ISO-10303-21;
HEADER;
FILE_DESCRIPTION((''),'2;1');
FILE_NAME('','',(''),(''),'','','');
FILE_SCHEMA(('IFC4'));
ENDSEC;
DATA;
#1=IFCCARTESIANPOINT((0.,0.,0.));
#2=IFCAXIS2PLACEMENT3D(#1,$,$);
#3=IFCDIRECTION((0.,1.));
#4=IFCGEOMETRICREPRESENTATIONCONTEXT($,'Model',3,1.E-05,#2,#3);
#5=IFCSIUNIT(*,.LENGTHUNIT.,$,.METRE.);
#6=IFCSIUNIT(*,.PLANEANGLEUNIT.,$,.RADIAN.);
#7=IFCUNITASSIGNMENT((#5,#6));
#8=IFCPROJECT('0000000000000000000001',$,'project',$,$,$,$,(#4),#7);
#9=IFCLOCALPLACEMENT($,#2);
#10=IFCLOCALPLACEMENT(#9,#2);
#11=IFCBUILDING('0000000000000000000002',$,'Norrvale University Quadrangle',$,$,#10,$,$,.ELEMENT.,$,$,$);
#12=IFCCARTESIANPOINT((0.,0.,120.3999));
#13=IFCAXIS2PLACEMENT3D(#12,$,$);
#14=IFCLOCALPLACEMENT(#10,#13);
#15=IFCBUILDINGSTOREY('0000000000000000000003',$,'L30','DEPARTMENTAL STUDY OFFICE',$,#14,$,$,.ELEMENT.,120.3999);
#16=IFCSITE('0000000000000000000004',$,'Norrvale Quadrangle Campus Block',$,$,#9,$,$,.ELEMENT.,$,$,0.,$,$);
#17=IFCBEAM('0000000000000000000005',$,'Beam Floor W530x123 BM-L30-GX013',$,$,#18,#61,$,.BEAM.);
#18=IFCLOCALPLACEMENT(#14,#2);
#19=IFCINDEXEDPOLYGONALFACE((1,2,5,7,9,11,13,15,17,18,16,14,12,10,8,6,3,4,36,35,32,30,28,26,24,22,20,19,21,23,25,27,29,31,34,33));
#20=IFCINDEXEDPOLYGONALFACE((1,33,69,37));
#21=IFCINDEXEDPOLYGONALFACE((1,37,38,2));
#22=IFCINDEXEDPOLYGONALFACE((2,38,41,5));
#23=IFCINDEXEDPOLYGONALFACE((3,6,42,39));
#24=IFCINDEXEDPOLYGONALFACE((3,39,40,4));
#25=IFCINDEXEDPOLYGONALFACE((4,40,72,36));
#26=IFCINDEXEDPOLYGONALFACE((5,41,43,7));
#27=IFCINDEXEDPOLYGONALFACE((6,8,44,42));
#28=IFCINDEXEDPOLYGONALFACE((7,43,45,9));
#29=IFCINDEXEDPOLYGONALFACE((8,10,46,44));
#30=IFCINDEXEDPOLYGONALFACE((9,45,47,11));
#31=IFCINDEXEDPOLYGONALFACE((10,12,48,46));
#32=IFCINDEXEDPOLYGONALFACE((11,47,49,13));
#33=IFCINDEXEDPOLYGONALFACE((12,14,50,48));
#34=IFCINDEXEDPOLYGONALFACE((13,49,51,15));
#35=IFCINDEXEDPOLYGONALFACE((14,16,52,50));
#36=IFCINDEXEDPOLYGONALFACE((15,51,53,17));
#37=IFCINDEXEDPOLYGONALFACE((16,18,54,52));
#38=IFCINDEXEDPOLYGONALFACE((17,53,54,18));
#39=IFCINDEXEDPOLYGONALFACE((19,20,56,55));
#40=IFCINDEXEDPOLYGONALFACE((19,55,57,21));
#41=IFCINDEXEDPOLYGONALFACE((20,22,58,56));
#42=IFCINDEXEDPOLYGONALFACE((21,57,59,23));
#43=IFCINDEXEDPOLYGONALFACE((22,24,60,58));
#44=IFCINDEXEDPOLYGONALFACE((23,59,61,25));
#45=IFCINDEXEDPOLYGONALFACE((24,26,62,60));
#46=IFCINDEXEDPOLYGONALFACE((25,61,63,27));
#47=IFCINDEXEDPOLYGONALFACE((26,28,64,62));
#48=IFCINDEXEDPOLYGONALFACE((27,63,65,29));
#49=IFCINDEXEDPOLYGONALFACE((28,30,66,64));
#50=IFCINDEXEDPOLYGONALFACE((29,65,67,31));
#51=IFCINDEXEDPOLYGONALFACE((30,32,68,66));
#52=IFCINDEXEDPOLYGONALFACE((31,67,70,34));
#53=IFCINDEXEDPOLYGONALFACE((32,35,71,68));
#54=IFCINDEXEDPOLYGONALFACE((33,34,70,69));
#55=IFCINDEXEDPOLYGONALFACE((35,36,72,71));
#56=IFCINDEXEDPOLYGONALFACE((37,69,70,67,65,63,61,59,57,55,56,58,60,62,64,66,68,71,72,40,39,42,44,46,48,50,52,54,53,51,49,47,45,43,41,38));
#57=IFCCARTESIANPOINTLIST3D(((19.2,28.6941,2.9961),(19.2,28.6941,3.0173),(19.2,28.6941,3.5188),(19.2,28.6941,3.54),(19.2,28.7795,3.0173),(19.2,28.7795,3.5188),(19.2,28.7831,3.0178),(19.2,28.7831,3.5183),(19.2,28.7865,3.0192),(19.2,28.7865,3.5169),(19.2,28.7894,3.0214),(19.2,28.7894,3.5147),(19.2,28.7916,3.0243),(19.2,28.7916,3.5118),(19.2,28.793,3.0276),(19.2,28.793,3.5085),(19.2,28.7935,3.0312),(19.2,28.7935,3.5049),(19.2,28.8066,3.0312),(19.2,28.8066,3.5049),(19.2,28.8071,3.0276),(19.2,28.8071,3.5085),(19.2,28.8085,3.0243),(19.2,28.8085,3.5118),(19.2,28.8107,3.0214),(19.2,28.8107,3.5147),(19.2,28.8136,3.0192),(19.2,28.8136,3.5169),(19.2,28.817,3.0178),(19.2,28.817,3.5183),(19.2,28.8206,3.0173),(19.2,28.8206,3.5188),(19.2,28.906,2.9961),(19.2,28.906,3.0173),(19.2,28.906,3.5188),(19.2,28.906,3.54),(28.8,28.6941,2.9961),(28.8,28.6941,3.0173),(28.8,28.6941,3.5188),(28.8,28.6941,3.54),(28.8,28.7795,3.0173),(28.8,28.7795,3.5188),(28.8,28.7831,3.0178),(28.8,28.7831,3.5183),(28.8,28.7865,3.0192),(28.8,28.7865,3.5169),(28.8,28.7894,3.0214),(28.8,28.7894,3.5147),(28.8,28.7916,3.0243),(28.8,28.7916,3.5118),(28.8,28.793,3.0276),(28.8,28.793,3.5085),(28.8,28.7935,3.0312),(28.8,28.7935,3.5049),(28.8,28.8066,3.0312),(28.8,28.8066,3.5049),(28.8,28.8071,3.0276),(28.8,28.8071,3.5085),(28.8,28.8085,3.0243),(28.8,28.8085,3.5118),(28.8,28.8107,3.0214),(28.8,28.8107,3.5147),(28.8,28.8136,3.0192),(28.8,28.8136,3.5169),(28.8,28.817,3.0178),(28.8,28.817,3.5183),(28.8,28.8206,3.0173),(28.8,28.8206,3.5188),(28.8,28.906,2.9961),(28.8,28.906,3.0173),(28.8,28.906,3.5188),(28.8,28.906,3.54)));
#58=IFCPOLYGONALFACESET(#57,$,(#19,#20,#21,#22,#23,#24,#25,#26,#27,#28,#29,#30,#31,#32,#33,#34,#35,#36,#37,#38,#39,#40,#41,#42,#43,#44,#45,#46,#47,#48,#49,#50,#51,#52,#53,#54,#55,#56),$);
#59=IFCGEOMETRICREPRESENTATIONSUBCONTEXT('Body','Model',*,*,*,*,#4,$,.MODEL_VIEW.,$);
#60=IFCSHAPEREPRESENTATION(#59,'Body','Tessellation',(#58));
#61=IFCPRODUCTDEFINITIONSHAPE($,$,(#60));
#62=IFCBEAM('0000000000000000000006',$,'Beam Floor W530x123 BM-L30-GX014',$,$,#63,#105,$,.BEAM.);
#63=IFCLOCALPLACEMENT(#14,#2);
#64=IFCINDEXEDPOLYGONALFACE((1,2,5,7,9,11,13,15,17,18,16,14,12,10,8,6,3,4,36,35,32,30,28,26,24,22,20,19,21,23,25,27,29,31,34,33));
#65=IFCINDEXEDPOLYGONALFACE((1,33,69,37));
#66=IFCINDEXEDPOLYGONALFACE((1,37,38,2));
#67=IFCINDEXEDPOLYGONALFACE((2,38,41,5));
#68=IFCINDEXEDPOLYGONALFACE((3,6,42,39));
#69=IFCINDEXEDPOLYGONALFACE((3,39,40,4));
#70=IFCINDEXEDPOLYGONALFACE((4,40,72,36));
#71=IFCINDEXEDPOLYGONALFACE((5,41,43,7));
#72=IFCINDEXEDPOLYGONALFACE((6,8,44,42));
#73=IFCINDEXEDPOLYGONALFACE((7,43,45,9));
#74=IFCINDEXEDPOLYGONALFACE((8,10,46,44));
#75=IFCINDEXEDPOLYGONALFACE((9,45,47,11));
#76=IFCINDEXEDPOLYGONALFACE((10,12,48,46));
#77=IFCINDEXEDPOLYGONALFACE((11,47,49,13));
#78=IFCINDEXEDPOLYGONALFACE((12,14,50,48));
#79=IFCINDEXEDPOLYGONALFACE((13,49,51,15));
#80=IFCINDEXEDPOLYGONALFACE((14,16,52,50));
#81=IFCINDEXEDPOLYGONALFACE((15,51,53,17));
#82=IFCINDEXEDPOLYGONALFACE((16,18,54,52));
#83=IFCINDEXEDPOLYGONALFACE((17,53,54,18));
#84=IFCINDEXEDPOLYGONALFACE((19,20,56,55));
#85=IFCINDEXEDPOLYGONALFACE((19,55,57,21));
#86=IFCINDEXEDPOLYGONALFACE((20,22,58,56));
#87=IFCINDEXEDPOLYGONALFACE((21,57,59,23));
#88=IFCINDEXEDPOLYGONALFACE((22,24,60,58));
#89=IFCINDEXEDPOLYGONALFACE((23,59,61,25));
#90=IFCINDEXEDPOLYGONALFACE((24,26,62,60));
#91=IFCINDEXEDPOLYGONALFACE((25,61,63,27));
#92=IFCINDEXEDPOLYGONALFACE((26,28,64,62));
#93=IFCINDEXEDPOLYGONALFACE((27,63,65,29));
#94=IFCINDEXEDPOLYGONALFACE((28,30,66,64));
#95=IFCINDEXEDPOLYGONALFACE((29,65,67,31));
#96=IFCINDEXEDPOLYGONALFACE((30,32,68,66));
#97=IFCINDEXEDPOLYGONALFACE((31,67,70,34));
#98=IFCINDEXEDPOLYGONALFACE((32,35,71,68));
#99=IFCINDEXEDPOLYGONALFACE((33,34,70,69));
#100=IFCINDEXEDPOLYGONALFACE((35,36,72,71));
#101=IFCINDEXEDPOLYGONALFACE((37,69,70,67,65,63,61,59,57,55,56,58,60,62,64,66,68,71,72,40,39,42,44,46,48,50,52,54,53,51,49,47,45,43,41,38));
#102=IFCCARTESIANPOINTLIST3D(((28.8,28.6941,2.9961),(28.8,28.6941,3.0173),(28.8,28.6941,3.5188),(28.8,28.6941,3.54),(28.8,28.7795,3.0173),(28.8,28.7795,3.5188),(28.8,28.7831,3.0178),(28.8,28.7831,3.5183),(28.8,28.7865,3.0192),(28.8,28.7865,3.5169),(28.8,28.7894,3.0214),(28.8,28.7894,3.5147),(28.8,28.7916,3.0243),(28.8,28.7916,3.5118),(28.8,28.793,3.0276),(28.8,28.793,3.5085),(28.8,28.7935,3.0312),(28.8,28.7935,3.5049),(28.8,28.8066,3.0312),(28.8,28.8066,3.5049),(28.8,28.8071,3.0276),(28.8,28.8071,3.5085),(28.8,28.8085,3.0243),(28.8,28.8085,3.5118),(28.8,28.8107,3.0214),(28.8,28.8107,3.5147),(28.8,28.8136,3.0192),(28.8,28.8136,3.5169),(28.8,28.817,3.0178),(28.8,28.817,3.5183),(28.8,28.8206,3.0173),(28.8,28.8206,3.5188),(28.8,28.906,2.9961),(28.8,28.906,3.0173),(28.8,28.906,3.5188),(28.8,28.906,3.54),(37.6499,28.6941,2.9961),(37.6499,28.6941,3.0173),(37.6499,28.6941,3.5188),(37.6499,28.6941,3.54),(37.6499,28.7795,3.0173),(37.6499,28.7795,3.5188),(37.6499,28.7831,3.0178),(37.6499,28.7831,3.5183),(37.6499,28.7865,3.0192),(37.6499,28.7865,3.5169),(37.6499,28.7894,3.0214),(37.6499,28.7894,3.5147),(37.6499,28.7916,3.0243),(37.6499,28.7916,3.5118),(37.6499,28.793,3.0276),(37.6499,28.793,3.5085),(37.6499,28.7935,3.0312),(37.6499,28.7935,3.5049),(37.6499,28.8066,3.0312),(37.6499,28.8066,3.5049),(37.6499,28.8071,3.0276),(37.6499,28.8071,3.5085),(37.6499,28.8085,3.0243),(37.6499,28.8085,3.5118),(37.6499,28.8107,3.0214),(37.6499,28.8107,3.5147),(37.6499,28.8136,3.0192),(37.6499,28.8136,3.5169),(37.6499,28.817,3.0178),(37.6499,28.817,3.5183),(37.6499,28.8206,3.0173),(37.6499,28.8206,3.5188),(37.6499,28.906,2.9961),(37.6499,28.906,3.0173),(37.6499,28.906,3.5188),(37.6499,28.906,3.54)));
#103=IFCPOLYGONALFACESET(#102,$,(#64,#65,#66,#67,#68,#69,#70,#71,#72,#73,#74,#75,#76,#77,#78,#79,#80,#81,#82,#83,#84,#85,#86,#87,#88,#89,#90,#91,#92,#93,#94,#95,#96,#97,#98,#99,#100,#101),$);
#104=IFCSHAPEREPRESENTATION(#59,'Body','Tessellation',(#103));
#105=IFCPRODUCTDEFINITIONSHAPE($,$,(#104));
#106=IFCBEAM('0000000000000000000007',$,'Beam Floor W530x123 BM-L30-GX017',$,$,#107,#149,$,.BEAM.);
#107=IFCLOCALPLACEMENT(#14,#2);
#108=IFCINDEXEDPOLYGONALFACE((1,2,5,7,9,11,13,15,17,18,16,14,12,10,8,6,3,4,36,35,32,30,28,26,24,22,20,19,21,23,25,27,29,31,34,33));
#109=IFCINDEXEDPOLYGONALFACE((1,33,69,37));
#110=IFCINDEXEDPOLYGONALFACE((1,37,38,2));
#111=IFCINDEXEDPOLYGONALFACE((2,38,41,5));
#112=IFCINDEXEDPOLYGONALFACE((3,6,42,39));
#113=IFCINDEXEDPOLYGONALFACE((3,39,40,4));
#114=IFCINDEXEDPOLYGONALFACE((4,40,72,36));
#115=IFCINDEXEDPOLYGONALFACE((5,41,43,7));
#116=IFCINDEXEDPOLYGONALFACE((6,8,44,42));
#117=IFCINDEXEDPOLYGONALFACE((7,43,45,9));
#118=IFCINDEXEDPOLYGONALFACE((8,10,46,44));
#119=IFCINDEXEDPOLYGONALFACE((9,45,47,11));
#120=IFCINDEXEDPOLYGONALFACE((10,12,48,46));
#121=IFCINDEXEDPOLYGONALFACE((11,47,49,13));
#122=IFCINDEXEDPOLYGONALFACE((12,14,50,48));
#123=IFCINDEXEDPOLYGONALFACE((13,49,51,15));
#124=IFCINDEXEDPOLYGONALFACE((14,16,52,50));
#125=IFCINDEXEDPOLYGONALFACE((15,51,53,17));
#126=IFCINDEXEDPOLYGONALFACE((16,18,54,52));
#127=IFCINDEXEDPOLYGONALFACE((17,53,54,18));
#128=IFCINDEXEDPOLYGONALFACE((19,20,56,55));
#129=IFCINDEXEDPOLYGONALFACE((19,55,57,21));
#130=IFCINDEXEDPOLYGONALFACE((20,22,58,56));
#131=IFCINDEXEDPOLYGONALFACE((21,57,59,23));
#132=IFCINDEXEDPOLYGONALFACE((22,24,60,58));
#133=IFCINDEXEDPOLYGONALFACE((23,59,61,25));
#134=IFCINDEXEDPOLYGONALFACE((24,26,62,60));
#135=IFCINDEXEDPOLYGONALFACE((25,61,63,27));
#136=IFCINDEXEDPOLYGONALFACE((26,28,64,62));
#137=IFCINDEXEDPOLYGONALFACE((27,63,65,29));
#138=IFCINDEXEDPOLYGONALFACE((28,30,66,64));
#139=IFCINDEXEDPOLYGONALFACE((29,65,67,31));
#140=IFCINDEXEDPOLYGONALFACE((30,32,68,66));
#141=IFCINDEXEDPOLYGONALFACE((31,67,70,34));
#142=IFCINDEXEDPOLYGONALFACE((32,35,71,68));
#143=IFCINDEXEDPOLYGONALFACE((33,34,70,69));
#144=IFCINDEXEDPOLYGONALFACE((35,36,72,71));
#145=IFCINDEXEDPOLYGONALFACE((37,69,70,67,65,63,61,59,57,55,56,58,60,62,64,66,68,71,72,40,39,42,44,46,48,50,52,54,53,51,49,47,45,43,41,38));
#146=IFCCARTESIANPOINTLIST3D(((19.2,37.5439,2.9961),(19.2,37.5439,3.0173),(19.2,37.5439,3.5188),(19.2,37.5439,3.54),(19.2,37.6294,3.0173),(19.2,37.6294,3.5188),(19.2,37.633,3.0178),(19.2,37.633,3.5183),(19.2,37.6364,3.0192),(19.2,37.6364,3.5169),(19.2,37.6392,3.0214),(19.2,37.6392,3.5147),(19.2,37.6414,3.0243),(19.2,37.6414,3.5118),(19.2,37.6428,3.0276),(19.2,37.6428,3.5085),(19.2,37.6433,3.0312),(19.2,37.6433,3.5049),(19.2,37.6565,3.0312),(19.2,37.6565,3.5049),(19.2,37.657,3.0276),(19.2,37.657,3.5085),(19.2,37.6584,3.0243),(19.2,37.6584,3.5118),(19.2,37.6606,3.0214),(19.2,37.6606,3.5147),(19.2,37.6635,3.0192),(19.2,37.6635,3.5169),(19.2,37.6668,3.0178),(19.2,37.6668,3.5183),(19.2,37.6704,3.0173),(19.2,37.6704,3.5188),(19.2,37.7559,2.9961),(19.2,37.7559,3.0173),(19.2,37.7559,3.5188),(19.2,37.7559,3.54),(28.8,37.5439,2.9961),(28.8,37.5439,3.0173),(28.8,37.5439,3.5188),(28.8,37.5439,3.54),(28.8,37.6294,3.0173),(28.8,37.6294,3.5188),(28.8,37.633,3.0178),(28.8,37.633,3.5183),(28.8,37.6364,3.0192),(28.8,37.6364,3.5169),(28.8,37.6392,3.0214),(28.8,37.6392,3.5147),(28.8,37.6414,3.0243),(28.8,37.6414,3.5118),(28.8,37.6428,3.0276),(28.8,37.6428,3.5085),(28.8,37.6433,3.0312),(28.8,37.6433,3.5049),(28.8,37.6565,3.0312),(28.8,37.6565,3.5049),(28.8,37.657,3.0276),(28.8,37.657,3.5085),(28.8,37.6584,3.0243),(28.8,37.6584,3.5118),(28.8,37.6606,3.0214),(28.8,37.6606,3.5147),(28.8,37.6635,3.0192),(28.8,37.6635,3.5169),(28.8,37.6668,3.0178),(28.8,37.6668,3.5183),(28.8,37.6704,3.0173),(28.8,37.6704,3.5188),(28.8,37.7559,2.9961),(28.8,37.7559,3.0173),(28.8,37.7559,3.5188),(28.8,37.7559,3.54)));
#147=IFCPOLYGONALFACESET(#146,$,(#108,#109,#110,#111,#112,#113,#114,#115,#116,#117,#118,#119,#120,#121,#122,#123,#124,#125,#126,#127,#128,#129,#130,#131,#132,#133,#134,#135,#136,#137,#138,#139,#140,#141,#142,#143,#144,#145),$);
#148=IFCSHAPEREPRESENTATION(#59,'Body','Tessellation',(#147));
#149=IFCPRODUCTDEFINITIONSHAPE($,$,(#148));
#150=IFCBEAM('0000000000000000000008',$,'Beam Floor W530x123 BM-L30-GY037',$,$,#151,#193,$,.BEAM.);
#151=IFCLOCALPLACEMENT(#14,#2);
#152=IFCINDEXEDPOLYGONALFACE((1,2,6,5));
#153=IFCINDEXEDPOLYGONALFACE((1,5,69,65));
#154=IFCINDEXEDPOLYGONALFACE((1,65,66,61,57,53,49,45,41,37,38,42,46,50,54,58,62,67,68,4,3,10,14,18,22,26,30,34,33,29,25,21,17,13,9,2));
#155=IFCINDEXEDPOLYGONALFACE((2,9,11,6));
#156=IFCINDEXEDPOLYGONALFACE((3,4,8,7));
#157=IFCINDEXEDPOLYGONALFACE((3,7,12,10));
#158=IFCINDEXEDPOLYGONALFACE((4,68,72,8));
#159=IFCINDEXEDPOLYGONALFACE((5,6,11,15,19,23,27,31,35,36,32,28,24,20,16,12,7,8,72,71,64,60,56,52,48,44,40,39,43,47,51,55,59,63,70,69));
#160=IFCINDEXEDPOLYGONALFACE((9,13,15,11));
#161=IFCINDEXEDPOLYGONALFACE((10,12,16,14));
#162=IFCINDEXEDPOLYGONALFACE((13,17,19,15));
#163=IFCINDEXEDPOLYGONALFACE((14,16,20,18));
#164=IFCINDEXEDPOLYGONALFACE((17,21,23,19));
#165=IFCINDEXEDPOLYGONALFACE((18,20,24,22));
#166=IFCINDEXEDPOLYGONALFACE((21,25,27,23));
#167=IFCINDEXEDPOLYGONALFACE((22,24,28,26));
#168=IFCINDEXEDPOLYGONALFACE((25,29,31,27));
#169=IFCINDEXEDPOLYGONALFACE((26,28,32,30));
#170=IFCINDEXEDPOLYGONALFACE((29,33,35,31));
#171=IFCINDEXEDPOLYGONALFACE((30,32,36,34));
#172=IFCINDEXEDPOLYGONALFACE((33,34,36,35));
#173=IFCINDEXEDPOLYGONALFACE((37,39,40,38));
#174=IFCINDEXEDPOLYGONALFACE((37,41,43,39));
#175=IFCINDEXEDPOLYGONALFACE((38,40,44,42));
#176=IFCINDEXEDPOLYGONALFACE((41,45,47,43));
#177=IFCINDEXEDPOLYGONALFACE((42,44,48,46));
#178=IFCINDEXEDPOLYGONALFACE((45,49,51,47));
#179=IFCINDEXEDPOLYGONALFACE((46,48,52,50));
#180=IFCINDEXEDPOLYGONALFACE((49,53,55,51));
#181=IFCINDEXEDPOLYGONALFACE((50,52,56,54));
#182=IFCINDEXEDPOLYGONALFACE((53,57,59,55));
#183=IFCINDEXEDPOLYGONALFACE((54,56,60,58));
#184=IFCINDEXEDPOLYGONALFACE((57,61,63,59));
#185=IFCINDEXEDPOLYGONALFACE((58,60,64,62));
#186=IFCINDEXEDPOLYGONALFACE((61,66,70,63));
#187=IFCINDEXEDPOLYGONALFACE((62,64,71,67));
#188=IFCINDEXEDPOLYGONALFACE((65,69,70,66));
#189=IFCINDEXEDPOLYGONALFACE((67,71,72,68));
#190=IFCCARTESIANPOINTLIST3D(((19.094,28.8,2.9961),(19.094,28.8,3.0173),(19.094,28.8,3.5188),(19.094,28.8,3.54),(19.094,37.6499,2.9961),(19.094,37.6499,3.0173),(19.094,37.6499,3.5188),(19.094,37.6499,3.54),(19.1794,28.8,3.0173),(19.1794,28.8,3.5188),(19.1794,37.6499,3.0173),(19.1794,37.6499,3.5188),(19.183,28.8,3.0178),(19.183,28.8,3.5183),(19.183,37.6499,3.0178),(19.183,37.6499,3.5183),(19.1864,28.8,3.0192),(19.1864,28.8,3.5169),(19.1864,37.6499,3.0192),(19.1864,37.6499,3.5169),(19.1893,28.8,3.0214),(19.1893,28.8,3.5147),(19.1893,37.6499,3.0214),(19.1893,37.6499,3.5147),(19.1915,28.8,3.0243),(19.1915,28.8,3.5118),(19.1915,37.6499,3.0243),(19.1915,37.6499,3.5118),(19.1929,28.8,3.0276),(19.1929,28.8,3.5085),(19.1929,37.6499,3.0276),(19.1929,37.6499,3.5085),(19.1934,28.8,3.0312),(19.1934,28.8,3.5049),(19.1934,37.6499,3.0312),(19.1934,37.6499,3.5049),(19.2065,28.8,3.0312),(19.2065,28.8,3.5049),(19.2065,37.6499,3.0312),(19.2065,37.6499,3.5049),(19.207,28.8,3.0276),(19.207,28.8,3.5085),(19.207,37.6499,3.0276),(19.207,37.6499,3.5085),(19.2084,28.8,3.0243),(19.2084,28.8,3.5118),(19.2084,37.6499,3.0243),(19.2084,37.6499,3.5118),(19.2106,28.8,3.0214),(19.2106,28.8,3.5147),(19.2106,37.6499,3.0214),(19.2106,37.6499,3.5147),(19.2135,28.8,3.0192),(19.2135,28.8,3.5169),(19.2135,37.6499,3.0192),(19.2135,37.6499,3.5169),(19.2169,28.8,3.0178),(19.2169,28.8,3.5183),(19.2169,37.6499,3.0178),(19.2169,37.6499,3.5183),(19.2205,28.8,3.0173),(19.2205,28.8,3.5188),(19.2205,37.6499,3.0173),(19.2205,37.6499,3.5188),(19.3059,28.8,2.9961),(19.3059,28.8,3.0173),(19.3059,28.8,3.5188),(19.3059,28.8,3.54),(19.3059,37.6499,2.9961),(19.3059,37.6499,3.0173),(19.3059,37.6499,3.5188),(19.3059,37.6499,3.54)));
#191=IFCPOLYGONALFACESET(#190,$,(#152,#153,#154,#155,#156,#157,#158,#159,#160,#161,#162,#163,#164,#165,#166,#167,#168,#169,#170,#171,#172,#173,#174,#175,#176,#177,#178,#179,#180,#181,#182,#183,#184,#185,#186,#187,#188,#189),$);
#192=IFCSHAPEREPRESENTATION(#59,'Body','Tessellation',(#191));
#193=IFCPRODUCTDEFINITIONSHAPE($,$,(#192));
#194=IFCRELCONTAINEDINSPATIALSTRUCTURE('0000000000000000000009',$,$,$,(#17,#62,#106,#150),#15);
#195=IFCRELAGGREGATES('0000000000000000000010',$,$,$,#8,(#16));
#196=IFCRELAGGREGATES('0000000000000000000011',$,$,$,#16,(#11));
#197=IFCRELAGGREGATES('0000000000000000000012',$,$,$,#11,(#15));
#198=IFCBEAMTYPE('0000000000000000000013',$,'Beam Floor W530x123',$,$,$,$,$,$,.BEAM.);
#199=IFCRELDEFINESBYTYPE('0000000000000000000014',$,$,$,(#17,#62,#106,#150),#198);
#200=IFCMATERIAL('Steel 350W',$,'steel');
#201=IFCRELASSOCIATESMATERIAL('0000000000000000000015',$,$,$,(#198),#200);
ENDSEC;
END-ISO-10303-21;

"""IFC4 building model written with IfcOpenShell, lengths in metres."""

from ifc_helpers import new_model, si_unit, direction, frame, origin, origin_2d, place, context, subcontext, project, spatial, i_section, extrude, material, material_profile, profile_set, type_object, element, save


model = new_model("IFC4")

# Units and contexts
model_context = context("Model", 3, precision=1e-05, world=origin(), true_north=direction((0.0, 1.0)))
body_context = subcontext(model_context, "Body", "Model", "MODEL_VIEW")
ifc_project = project(units=[si_unit("LENGTHUNIT", "METRE"), si_unit("PLANEANGLEUNIT", "RADIAN")], contexts=[model_context])

# Site, building, storey
site_placement = place(None, origin())
site = spatial("IfcSite", under=ifc_project, at=site_placement, Name="Norrvale Quadrangle Campus Block", CompositionType="ELEMENT", RefElevation=0.0)
building_placement = place(site_placement, origin())
building = spatial("IfcBuilding", under=site, at=building_placement, Name="Norrvale University Quadrangle", CompositionType="ELEMENT")
storey_placement = place(building_placement, frame((0.0, 0.0, 120.3999)))
storey = spatial("IfcBuildingStorey", under=building, at=storey_placement, Name="L30", Description="DEPARTMENTAL STUDY OFFICE", CompositionType="ELEMENT", Elevation=120.3999)

# Beams
ifc_material_1 = material(Name="Steel 350W", Category="steel")
ifc_material_profile_1 = material_profile(ifc_material_1, i_section(OverallWidth=0.2119, OverallDepth=0.5439, WebThickness=0.0132, FlangeThickness=0.0212, FilletRadius=0.0139, at=origin_2d()), Name="Steel 350W")
ifc_profile_set_1 = profile_set([ifc_material_profile_1], Name="Steel 350W")
beam_type_1 = type_object("IfcBeamType", Name="Beam Floor W530x123", PredefinedType="BEAM", material=ifc_profile_set_1)
beam_1_placement = place(storey_placement, frame((19.2, 28.8, 3.2681), z_axis=(1.0, 0.0, 0.0), x_axis=(0.0, 1.0, 0.0)))
element("IfcBeam", 1, at=beam_1_placement, inside=storey, type_object=beam_type_1, Name="Beam Floor W530x123 BM-L30-GX013", PredefinedType="BEAM", context=body_context, shape_type="SweptSolid", body=[
    extrude(i_section(OverallWidth=0.2119, OverallDepth=0.5439, WebThickness=0.0132, FlangeThickness=0.0212, FilletRadius=0.0139, at=origin_2d()), origin(), (0.0, 0.0, 1.0), 9.6001),
])
beam_2_placement = place(storey_placement, frame((28.8, 28.8, 3.2681), z_axis=(1.0, 0.0, 0.0), x_axis=(0.0, 1.0, 0.0)))
element("IfcBeam", 2, at=beam_2_placement, inside=storey, type_object=beam_type_1, Name="Beam Floor W530x123 BM-L30-GX014", PredefinedType="BEAM", context=body_context, shape_type="SweptSolid", body=[
    extrude(i_section(OverallWidth=0.2119, OverallDepth=0.5439, WebThickness=0.0132, FlangeThickness=0.0212, FilletRadius=0.0139, at=origin_2d()), origin(), (0.0, 0.0, 1.0), 8.8499),
])
beam_3_placement = place(storey_placement, frame((19.2, 37.6499, 3.2681), z_axis=(1.0, 0.0, 0.0), x_axis=(0.0, 1.0, 0.0)))
element("IfcBeam", 3, at=beam_3_placement, inside=storey, type_object=beam_type_1, Name="Beam Floor W530x123 BM-L30-GX017", PredefinedType="BEAM", context=body_context, shape_type="SweptSolid", body=[
    extrude(i_section(OverallWidth=0.2119, OverallDepth=0.5439, WebThickness=0.0132, FlangeThickness=0.0212, FilletRadius=0.0139, at=origin_2d()), origin(), (0.0, 0.0, 1.0), 9.6001),
])
beam_4_placement = place(storey_placement, frame((19.2, 28.8, 3.2681), z_axis=(0.0, 1.0, 0.0), x_axis=(-1.0, 0.0, 0.0)))
element("IfcBeam", 4, at=beam_4_placement, inside=storey, type_object=beam_type_1, Name="Beam Floor W530x123 BM-L30-GY037", PredefinedType="BEAM", context=body_context, shape_type="SweptSolid", body=[
    extrude(i_section(OverallWidth=0.2119, OverallDepth=0.5439, WebThickness=0.0132, FlangeThickness=0.0212, FilletRadius=0.0139, at=origin_2d()), origin(), (0.0, 0.0, 1.0), 8.8499),
])

save(model, "model.ifc")
